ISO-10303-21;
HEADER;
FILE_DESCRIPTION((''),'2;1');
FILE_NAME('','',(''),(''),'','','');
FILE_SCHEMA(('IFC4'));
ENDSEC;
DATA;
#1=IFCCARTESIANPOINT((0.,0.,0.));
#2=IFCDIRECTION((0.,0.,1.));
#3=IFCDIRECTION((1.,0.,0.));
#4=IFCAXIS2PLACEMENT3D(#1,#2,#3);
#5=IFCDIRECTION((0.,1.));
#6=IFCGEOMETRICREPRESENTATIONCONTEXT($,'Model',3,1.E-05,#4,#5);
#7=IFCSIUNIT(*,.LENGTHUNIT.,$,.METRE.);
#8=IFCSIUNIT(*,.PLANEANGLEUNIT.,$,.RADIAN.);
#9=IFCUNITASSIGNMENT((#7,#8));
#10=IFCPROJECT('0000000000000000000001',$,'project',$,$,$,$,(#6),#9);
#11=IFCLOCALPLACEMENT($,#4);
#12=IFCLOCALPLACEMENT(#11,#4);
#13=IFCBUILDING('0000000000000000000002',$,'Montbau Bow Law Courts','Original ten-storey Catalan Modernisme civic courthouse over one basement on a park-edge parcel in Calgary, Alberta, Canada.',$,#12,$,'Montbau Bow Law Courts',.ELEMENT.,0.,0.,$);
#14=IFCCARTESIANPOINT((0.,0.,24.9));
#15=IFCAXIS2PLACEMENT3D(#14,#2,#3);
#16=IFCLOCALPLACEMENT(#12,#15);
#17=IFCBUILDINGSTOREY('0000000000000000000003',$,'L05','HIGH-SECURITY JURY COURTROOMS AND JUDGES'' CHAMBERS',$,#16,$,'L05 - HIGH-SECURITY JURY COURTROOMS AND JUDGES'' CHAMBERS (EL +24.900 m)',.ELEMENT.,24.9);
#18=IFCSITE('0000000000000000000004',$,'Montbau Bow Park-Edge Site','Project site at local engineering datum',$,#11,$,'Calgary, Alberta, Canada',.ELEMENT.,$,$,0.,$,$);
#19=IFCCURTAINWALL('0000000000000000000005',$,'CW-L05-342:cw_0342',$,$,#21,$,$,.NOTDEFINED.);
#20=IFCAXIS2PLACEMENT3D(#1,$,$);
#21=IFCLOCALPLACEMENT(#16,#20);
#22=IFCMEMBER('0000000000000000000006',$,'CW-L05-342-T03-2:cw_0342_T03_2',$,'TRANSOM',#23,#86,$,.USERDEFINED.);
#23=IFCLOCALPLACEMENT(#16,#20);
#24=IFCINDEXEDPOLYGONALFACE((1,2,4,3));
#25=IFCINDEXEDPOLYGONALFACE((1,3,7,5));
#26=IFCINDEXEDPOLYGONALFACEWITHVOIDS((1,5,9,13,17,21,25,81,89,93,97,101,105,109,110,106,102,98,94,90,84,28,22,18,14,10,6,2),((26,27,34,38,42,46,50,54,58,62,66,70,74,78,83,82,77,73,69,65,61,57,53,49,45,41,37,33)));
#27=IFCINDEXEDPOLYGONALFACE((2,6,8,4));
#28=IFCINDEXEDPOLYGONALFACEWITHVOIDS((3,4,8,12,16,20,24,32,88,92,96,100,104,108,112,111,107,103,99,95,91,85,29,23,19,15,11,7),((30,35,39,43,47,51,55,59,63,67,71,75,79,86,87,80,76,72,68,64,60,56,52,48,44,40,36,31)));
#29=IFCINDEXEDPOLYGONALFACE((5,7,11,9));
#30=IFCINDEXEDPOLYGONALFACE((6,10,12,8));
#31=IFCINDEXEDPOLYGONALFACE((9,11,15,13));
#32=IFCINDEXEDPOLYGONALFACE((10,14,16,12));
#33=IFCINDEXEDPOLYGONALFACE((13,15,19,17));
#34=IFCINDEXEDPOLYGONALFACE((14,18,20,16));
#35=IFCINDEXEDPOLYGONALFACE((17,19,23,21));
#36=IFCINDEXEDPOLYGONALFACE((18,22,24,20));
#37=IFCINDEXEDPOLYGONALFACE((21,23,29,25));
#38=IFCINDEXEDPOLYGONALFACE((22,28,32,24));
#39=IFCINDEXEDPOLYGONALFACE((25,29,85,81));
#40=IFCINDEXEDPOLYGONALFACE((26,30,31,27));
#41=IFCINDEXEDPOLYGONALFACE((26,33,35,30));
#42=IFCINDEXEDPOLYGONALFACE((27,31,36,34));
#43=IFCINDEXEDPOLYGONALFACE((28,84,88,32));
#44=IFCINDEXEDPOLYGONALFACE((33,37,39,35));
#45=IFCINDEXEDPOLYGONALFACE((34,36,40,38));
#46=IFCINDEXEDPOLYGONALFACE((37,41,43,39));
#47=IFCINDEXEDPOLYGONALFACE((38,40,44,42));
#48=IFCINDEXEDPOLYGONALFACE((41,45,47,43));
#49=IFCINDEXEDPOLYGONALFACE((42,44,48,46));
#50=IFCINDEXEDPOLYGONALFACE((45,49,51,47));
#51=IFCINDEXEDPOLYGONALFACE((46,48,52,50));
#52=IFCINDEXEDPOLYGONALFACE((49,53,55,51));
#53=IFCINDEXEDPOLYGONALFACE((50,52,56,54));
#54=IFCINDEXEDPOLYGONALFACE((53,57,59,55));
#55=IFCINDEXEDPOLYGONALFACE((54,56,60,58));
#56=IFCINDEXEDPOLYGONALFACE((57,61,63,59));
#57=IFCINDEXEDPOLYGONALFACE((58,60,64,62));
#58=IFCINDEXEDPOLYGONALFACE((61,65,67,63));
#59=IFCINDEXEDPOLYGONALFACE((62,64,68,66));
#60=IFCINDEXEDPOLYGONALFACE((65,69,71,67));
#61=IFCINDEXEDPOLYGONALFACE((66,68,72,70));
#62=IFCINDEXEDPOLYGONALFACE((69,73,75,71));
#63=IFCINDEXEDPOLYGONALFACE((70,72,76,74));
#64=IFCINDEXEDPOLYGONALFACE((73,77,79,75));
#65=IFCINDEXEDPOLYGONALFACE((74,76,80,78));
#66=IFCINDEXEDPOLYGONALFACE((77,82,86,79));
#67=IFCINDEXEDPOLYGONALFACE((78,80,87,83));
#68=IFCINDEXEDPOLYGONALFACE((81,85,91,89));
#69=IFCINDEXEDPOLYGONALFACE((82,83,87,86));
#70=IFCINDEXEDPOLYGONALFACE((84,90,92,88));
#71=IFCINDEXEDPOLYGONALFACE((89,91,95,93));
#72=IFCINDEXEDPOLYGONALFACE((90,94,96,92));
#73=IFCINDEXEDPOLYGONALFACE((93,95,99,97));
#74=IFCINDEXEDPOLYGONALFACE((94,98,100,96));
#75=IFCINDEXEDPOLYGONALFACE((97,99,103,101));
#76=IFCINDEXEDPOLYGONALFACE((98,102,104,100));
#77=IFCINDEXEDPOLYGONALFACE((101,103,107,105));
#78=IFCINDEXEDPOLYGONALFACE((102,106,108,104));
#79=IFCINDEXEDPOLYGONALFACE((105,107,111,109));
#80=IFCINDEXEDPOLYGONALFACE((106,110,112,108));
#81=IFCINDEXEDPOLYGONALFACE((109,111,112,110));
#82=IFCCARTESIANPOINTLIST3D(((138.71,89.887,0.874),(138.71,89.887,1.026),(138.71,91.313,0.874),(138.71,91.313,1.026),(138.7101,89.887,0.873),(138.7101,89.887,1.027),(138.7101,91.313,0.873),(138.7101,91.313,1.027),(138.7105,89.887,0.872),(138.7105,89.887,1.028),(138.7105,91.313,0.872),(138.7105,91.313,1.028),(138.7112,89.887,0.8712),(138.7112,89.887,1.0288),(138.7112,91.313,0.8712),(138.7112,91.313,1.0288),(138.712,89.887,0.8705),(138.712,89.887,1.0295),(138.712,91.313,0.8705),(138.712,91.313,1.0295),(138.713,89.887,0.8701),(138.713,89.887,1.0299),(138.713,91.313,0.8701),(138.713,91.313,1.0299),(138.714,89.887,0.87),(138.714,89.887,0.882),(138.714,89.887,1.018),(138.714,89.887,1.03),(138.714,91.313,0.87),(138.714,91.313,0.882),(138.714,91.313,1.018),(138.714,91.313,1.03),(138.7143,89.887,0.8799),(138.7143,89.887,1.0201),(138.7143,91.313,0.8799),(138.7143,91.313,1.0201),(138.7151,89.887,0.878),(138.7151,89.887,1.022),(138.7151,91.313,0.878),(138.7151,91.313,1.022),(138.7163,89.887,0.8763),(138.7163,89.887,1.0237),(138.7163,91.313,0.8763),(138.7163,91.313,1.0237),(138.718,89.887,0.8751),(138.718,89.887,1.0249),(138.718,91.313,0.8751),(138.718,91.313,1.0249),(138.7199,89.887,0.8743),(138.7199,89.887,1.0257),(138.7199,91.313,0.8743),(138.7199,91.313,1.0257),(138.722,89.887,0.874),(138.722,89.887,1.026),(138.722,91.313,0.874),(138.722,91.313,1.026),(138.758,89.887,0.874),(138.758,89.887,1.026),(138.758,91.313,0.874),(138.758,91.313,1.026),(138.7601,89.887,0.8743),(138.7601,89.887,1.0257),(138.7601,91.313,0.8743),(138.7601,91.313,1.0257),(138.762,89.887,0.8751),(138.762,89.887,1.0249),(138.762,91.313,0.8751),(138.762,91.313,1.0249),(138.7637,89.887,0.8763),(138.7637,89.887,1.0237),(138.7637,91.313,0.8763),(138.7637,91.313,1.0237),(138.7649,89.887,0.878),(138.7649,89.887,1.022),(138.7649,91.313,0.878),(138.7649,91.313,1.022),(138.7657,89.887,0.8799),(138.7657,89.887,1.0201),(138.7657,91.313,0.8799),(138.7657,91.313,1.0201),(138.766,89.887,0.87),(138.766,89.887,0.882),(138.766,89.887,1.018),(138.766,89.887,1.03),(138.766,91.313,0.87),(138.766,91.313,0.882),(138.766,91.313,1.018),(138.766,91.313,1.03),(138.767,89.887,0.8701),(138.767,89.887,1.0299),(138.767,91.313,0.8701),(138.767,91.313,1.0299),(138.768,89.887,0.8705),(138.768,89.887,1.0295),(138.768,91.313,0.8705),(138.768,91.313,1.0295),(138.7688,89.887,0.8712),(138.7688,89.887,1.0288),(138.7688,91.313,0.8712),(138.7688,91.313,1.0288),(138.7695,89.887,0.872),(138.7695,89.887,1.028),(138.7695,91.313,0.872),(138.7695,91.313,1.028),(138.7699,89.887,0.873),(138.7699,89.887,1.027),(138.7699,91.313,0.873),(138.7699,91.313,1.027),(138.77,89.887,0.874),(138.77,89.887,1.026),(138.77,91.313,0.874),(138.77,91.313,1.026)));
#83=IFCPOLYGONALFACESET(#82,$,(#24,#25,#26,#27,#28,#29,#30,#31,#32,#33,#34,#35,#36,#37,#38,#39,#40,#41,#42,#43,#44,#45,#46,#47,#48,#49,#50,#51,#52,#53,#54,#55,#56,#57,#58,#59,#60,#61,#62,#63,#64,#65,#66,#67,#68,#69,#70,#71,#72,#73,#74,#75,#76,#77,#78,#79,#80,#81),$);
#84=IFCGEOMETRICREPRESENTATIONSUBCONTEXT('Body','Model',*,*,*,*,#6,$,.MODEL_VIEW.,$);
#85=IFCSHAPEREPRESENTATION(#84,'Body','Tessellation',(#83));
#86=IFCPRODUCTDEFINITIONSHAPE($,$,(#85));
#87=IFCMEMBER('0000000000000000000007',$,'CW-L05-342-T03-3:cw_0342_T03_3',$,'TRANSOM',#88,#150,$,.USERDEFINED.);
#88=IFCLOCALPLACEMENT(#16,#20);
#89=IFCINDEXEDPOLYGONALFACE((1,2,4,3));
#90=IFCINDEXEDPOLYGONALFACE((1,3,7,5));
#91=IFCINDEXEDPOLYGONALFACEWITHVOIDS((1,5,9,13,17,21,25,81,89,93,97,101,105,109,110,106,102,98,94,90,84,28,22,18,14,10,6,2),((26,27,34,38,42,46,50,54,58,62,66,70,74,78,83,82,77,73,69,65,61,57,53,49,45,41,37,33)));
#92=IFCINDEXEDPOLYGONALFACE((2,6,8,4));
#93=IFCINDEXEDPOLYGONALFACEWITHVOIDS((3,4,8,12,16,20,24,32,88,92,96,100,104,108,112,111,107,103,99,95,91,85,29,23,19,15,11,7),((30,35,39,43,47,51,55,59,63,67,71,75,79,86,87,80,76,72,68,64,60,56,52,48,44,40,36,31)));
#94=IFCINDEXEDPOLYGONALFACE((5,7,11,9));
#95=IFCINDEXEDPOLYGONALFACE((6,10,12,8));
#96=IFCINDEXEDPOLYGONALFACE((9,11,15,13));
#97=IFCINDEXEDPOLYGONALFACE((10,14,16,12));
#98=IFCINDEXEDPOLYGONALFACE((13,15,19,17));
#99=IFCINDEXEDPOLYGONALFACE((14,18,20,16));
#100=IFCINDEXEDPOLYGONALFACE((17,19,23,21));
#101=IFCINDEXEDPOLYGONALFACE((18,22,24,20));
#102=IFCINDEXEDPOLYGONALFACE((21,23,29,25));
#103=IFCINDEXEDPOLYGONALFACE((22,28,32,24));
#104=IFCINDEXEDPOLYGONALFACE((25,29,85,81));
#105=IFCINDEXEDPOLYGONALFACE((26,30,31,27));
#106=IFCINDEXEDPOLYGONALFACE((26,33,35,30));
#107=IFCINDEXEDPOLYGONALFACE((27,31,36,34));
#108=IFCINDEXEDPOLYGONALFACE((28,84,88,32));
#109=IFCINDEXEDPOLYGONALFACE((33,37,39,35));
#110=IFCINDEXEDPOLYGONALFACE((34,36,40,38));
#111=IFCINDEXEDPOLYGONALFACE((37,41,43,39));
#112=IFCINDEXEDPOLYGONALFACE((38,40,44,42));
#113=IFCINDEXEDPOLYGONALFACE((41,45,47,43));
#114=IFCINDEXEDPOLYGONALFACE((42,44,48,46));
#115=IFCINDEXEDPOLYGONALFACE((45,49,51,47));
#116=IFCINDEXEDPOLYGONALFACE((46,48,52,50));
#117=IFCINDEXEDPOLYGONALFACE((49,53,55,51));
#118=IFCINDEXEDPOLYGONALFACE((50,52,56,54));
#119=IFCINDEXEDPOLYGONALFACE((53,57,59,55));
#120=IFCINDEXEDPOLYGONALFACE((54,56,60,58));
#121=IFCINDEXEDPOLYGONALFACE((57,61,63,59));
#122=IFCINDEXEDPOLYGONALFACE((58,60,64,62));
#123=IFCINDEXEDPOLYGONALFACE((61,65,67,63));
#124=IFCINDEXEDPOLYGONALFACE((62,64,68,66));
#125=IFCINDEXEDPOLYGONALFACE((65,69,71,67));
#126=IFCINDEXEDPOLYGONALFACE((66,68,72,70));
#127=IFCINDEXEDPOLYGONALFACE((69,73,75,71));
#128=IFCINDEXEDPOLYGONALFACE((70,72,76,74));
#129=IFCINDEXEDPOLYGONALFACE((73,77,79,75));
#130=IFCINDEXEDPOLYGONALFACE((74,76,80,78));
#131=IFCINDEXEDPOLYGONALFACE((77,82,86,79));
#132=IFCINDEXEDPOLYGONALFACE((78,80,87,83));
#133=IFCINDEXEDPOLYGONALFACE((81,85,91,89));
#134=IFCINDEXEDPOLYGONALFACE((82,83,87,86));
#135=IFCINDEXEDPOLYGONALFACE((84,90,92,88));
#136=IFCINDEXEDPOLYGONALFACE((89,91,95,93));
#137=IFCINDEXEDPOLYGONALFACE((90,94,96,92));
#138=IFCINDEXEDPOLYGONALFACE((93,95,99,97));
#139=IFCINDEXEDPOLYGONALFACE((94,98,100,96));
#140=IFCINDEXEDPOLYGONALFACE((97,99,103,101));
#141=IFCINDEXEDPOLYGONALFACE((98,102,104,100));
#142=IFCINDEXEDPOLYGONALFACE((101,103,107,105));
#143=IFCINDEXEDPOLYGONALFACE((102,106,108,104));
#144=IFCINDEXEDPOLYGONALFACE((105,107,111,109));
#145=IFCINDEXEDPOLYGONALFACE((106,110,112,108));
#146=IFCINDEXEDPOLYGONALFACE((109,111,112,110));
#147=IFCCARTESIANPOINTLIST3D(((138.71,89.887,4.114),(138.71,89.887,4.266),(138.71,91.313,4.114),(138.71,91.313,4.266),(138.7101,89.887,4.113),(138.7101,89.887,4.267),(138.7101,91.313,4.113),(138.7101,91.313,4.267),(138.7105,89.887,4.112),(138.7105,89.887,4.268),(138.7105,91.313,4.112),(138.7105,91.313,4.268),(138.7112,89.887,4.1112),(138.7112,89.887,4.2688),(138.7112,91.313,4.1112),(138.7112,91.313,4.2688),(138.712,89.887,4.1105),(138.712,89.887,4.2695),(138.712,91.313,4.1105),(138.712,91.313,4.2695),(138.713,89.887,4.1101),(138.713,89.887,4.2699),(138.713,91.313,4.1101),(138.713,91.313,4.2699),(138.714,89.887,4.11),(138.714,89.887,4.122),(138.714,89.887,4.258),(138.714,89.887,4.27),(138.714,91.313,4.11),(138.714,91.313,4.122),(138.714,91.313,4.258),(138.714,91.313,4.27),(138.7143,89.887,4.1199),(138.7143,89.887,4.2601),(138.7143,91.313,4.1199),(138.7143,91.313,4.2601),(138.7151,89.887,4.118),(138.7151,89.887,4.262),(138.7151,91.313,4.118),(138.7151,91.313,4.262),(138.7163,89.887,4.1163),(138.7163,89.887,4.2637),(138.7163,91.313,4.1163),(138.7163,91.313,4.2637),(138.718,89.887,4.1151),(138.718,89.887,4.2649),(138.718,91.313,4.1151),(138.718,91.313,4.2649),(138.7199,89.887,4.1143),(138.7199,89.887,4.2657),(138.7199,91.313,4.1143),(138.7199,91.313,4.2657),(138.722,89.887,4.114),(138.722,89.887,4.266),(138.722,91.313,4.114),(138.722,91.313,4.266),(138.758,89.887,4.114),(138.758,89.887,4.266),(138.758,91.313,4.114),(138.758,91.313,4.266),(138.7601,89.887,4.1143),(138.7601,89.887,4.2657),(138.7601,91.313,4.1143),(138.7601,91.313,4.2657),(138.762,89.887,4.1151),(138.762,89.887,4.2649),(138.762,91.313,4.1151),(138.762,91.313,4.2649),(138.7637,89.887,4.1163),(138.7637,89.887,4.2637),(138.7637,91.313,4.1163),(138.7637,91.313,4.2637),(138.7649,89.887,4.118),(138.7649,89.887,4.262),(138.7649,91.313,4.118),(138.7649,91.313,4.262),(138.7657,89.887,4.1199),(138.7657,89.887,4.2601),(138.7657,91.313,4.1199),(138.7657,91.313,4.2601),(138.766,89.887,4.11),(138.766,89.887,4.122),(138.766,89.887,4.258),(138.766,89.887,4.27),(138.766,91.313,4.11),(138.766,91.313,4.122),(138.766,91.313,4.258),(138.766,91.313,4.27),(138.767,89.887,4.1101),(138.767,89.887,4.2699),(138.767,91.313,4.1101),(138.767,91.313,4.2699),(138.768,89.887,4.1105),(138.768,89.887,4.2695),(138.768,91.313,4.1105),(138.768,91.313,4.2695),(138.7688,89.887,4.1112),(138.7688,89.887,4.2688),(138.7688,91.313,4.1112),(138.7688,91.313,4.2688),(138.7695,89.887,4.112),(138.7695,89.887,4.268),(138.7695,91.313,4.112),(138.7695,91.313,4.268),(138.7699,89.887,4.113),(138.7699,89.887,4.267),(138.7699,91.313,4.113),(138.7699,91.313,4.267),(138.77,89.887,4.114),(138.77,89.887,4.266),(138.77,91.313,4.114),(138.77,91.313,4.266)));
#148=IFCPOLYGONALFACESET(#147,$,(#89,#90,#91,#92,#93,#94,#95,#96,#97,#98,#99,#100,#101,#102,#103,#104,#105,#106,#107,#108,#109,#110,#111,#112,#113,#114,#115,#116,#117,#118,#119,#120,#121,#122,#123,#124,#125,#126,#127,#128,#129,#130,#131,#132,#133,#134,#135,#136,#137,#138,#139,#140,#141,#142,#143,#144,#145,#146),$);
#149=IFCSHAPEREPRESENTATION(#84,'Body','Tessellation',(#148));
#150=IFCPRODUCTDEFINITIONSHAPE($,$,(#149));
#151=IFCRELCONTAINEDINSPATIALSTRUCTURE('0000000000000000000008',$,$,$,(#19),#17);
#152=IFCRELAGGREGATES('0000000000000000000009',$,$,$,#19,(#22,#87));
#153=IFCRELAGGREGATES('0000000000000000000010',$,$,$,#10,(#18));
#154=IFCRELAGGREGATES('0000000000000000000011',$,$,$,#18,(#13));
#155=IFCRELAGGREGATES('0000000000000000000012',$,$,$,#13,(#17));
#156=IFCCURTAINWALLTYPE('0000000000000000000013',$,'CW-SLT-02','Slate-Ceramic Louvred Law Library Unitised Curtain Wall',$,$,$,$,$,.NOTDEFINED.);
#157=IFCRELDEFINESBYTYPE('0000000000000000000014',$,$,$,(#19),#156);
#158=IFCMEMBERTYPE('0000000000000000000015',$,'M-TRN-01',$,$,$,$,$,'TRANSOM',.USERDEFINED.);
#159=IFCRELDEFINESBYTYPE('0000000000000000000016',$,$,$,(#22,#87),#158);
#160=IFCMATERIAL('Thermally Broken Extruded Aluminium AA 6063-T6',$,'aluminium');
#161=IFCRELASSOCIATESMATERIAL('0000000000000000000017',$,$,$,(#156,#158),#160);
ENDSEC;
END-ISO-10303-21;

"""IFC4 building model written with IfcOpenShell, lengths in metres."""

from ifc_helpers import new_model, si_unit, direction, frame, origin_with_axes, origin_2d_with_axis, place, context, subcontext, project, spatial, hollow_rectangle, extrude, material, material_profile, profile_set, type_object, element, aggregate, save


model = new_model("IFC4")

# Units and contexts
model_context = context("Model", 3, precision=1e-05, world=origin_with_axes(), true_north=direction((0.0, 1.0)))
body_context = subcontext(model_context, "Body", "Model", "MODEL_VIEW")
ifc_project = project(units=[si_unit("LENGTHUNIT", "METRE"), si_unit("PLANEANGLEUNIT", "RADIAN")], contexts=[model_context])

# Site, building, storey
site_placement = place(None, origin_with_axes())
site = spatial("IfcSite", under=ifc_project, at=site_placement, Name="Montbau Bow Park-Edge Site", Description="Project site at local engineering datum", LongName="Calgary, Alberta, Canada", CompositionType="ELEMENT", RefElevation=0.0)
building_placement = place(site_placement, origin_with_axes())
building = spatial("IfcBuilding", under=site, at=building_placement, Name="Montbau Bow Law Courts", Description="Original ten-storey Catalan Modernisme civic courthouse over one basement on a park-edge parcel in Calgary, Alberta, Canada.", LongName="Montbau Bow Law Courts", CompositionType="ELEMENT", ElevationOfRefHeight=0.0, ElevationOfTerrain=0.0)
storey_placement = place(building_placement, frame((0.0, 0.0, 24.9), z_axis=(0.0, 0.0, 1.0), x_axis=(1.0, 0.0, 0.0)))
storey = spatial("IfcBuildingStorey", under=building, at=storey_placement, Name="L05", Description="HIGH-SECURITY JURY COURTROOMS AND JUDGES' CHAMBERS", LongName="L05 - HIGH-SECURITY JURY COURTROOMS AND JUDGES' CHAMBERS (EL +24.900 m)", CompositionType="ELEMENT", Elevation=24.9)

# Curtain wall, members
ifc_material_1 = material(Name="Thermally Broken Extruded Aluminium AA 6063-T6", Category="aluminium")
curtain_wall_type = type_object("IfcCurtainWallType", Name="CW-SLT-02", Description="Slate-Ceramic Louvred Law Library Unitised Curtain Wall", PredefinedType="NOTDEFINED", material=ifc_material_1)
curtain_wall_placement = place(None, frame((138.74, 86.84, 24.9), z_axis=(0.0, 0.0, 1.0), x_axis=(1.0, 0.0, 0.0)))
curtain_wall = element("IfcCurtainWall", 1, at=curtain_wall_placement, inside=storey, type_object=curtain_wall_type, Name="CW-L05-342:cw_0342", PredefinedType="NOTDEFINED")
ifc_material_profile_1 = material_profile(ifc_material_1, hollow_rectangle(XDim=0.06, YDim=0.16, WallThickness=0.004, InnerFilletRadius=0.008, OuterFilletRadius=0.004, at=origin_2d_with_axis()), Name="CWT-160X60", Category="Main", Priority=0)
ifc_profile_set_1 = profile_set([ifc_material_profile_1], Name="Thermally Broken Extruded Aluminium AA 6063-T6")
member_type_1 = type_object("IfcMemberType", Name="M-TRN-01", ElementType="TRANSOM", PredefinedType="USERDEFINED", material=ifc_profile_set_1)
member_1_placement = place(None, frame((138.74, 89.887, 25.85), z_axis=(0.0, 1.0, 0.0), x_axis=(-1.0, 0.0, 0.0)))
member_1 = element("IfcMember", 2, at=member_1_placement, type_object=member_type_1, Name="CW-L05-342-T03-2:cw_0342_T03_2", ObjectType="TRANSOM", PredefinedType="USERDEFINED", context=body_context, shape_type="SweptSolid", body=[
    extrude(hollow_rectangle(XDim=0.06, YDim=0.16, WallThickness=0.004, InnerFilletRadius=0.008, OuterFilletRadius=0.004, at=origin_2d_with_axis()), origin_with_axes(), (0.0, 0.0, 1.0), 1.426),
])
member_2_placement = place(None, frame((138.74, 89.887, 29.09), z_axis=(0.0, 1.0, 0.0), x_axis=(-1.0, 0.0, 0.0)))
member_2 = element("IfcMember", 3, at=member_2_placement, type_object=member_type_1, Name="CW-L05-342-T03-3:cw_0342_T03_3", ObjectType="TRANSOM", PredefinedType="USERDEFINED", context=body_context, shape_type="SweptSolid", body=[
    extrude(hollow_rectangle(XDim=0.06, YDim=0.16, WallThickness=0.004, InnerFilletRadius=0.008, OuterFilletRadius=0.004, at=origin_2d_with_axis()), origin_with_axes(), (0.0, 0.0, 1.0), 1.426),
])
aggregate(curtain_wall, [member_1, member_2])

save(model, "model.ifc")
